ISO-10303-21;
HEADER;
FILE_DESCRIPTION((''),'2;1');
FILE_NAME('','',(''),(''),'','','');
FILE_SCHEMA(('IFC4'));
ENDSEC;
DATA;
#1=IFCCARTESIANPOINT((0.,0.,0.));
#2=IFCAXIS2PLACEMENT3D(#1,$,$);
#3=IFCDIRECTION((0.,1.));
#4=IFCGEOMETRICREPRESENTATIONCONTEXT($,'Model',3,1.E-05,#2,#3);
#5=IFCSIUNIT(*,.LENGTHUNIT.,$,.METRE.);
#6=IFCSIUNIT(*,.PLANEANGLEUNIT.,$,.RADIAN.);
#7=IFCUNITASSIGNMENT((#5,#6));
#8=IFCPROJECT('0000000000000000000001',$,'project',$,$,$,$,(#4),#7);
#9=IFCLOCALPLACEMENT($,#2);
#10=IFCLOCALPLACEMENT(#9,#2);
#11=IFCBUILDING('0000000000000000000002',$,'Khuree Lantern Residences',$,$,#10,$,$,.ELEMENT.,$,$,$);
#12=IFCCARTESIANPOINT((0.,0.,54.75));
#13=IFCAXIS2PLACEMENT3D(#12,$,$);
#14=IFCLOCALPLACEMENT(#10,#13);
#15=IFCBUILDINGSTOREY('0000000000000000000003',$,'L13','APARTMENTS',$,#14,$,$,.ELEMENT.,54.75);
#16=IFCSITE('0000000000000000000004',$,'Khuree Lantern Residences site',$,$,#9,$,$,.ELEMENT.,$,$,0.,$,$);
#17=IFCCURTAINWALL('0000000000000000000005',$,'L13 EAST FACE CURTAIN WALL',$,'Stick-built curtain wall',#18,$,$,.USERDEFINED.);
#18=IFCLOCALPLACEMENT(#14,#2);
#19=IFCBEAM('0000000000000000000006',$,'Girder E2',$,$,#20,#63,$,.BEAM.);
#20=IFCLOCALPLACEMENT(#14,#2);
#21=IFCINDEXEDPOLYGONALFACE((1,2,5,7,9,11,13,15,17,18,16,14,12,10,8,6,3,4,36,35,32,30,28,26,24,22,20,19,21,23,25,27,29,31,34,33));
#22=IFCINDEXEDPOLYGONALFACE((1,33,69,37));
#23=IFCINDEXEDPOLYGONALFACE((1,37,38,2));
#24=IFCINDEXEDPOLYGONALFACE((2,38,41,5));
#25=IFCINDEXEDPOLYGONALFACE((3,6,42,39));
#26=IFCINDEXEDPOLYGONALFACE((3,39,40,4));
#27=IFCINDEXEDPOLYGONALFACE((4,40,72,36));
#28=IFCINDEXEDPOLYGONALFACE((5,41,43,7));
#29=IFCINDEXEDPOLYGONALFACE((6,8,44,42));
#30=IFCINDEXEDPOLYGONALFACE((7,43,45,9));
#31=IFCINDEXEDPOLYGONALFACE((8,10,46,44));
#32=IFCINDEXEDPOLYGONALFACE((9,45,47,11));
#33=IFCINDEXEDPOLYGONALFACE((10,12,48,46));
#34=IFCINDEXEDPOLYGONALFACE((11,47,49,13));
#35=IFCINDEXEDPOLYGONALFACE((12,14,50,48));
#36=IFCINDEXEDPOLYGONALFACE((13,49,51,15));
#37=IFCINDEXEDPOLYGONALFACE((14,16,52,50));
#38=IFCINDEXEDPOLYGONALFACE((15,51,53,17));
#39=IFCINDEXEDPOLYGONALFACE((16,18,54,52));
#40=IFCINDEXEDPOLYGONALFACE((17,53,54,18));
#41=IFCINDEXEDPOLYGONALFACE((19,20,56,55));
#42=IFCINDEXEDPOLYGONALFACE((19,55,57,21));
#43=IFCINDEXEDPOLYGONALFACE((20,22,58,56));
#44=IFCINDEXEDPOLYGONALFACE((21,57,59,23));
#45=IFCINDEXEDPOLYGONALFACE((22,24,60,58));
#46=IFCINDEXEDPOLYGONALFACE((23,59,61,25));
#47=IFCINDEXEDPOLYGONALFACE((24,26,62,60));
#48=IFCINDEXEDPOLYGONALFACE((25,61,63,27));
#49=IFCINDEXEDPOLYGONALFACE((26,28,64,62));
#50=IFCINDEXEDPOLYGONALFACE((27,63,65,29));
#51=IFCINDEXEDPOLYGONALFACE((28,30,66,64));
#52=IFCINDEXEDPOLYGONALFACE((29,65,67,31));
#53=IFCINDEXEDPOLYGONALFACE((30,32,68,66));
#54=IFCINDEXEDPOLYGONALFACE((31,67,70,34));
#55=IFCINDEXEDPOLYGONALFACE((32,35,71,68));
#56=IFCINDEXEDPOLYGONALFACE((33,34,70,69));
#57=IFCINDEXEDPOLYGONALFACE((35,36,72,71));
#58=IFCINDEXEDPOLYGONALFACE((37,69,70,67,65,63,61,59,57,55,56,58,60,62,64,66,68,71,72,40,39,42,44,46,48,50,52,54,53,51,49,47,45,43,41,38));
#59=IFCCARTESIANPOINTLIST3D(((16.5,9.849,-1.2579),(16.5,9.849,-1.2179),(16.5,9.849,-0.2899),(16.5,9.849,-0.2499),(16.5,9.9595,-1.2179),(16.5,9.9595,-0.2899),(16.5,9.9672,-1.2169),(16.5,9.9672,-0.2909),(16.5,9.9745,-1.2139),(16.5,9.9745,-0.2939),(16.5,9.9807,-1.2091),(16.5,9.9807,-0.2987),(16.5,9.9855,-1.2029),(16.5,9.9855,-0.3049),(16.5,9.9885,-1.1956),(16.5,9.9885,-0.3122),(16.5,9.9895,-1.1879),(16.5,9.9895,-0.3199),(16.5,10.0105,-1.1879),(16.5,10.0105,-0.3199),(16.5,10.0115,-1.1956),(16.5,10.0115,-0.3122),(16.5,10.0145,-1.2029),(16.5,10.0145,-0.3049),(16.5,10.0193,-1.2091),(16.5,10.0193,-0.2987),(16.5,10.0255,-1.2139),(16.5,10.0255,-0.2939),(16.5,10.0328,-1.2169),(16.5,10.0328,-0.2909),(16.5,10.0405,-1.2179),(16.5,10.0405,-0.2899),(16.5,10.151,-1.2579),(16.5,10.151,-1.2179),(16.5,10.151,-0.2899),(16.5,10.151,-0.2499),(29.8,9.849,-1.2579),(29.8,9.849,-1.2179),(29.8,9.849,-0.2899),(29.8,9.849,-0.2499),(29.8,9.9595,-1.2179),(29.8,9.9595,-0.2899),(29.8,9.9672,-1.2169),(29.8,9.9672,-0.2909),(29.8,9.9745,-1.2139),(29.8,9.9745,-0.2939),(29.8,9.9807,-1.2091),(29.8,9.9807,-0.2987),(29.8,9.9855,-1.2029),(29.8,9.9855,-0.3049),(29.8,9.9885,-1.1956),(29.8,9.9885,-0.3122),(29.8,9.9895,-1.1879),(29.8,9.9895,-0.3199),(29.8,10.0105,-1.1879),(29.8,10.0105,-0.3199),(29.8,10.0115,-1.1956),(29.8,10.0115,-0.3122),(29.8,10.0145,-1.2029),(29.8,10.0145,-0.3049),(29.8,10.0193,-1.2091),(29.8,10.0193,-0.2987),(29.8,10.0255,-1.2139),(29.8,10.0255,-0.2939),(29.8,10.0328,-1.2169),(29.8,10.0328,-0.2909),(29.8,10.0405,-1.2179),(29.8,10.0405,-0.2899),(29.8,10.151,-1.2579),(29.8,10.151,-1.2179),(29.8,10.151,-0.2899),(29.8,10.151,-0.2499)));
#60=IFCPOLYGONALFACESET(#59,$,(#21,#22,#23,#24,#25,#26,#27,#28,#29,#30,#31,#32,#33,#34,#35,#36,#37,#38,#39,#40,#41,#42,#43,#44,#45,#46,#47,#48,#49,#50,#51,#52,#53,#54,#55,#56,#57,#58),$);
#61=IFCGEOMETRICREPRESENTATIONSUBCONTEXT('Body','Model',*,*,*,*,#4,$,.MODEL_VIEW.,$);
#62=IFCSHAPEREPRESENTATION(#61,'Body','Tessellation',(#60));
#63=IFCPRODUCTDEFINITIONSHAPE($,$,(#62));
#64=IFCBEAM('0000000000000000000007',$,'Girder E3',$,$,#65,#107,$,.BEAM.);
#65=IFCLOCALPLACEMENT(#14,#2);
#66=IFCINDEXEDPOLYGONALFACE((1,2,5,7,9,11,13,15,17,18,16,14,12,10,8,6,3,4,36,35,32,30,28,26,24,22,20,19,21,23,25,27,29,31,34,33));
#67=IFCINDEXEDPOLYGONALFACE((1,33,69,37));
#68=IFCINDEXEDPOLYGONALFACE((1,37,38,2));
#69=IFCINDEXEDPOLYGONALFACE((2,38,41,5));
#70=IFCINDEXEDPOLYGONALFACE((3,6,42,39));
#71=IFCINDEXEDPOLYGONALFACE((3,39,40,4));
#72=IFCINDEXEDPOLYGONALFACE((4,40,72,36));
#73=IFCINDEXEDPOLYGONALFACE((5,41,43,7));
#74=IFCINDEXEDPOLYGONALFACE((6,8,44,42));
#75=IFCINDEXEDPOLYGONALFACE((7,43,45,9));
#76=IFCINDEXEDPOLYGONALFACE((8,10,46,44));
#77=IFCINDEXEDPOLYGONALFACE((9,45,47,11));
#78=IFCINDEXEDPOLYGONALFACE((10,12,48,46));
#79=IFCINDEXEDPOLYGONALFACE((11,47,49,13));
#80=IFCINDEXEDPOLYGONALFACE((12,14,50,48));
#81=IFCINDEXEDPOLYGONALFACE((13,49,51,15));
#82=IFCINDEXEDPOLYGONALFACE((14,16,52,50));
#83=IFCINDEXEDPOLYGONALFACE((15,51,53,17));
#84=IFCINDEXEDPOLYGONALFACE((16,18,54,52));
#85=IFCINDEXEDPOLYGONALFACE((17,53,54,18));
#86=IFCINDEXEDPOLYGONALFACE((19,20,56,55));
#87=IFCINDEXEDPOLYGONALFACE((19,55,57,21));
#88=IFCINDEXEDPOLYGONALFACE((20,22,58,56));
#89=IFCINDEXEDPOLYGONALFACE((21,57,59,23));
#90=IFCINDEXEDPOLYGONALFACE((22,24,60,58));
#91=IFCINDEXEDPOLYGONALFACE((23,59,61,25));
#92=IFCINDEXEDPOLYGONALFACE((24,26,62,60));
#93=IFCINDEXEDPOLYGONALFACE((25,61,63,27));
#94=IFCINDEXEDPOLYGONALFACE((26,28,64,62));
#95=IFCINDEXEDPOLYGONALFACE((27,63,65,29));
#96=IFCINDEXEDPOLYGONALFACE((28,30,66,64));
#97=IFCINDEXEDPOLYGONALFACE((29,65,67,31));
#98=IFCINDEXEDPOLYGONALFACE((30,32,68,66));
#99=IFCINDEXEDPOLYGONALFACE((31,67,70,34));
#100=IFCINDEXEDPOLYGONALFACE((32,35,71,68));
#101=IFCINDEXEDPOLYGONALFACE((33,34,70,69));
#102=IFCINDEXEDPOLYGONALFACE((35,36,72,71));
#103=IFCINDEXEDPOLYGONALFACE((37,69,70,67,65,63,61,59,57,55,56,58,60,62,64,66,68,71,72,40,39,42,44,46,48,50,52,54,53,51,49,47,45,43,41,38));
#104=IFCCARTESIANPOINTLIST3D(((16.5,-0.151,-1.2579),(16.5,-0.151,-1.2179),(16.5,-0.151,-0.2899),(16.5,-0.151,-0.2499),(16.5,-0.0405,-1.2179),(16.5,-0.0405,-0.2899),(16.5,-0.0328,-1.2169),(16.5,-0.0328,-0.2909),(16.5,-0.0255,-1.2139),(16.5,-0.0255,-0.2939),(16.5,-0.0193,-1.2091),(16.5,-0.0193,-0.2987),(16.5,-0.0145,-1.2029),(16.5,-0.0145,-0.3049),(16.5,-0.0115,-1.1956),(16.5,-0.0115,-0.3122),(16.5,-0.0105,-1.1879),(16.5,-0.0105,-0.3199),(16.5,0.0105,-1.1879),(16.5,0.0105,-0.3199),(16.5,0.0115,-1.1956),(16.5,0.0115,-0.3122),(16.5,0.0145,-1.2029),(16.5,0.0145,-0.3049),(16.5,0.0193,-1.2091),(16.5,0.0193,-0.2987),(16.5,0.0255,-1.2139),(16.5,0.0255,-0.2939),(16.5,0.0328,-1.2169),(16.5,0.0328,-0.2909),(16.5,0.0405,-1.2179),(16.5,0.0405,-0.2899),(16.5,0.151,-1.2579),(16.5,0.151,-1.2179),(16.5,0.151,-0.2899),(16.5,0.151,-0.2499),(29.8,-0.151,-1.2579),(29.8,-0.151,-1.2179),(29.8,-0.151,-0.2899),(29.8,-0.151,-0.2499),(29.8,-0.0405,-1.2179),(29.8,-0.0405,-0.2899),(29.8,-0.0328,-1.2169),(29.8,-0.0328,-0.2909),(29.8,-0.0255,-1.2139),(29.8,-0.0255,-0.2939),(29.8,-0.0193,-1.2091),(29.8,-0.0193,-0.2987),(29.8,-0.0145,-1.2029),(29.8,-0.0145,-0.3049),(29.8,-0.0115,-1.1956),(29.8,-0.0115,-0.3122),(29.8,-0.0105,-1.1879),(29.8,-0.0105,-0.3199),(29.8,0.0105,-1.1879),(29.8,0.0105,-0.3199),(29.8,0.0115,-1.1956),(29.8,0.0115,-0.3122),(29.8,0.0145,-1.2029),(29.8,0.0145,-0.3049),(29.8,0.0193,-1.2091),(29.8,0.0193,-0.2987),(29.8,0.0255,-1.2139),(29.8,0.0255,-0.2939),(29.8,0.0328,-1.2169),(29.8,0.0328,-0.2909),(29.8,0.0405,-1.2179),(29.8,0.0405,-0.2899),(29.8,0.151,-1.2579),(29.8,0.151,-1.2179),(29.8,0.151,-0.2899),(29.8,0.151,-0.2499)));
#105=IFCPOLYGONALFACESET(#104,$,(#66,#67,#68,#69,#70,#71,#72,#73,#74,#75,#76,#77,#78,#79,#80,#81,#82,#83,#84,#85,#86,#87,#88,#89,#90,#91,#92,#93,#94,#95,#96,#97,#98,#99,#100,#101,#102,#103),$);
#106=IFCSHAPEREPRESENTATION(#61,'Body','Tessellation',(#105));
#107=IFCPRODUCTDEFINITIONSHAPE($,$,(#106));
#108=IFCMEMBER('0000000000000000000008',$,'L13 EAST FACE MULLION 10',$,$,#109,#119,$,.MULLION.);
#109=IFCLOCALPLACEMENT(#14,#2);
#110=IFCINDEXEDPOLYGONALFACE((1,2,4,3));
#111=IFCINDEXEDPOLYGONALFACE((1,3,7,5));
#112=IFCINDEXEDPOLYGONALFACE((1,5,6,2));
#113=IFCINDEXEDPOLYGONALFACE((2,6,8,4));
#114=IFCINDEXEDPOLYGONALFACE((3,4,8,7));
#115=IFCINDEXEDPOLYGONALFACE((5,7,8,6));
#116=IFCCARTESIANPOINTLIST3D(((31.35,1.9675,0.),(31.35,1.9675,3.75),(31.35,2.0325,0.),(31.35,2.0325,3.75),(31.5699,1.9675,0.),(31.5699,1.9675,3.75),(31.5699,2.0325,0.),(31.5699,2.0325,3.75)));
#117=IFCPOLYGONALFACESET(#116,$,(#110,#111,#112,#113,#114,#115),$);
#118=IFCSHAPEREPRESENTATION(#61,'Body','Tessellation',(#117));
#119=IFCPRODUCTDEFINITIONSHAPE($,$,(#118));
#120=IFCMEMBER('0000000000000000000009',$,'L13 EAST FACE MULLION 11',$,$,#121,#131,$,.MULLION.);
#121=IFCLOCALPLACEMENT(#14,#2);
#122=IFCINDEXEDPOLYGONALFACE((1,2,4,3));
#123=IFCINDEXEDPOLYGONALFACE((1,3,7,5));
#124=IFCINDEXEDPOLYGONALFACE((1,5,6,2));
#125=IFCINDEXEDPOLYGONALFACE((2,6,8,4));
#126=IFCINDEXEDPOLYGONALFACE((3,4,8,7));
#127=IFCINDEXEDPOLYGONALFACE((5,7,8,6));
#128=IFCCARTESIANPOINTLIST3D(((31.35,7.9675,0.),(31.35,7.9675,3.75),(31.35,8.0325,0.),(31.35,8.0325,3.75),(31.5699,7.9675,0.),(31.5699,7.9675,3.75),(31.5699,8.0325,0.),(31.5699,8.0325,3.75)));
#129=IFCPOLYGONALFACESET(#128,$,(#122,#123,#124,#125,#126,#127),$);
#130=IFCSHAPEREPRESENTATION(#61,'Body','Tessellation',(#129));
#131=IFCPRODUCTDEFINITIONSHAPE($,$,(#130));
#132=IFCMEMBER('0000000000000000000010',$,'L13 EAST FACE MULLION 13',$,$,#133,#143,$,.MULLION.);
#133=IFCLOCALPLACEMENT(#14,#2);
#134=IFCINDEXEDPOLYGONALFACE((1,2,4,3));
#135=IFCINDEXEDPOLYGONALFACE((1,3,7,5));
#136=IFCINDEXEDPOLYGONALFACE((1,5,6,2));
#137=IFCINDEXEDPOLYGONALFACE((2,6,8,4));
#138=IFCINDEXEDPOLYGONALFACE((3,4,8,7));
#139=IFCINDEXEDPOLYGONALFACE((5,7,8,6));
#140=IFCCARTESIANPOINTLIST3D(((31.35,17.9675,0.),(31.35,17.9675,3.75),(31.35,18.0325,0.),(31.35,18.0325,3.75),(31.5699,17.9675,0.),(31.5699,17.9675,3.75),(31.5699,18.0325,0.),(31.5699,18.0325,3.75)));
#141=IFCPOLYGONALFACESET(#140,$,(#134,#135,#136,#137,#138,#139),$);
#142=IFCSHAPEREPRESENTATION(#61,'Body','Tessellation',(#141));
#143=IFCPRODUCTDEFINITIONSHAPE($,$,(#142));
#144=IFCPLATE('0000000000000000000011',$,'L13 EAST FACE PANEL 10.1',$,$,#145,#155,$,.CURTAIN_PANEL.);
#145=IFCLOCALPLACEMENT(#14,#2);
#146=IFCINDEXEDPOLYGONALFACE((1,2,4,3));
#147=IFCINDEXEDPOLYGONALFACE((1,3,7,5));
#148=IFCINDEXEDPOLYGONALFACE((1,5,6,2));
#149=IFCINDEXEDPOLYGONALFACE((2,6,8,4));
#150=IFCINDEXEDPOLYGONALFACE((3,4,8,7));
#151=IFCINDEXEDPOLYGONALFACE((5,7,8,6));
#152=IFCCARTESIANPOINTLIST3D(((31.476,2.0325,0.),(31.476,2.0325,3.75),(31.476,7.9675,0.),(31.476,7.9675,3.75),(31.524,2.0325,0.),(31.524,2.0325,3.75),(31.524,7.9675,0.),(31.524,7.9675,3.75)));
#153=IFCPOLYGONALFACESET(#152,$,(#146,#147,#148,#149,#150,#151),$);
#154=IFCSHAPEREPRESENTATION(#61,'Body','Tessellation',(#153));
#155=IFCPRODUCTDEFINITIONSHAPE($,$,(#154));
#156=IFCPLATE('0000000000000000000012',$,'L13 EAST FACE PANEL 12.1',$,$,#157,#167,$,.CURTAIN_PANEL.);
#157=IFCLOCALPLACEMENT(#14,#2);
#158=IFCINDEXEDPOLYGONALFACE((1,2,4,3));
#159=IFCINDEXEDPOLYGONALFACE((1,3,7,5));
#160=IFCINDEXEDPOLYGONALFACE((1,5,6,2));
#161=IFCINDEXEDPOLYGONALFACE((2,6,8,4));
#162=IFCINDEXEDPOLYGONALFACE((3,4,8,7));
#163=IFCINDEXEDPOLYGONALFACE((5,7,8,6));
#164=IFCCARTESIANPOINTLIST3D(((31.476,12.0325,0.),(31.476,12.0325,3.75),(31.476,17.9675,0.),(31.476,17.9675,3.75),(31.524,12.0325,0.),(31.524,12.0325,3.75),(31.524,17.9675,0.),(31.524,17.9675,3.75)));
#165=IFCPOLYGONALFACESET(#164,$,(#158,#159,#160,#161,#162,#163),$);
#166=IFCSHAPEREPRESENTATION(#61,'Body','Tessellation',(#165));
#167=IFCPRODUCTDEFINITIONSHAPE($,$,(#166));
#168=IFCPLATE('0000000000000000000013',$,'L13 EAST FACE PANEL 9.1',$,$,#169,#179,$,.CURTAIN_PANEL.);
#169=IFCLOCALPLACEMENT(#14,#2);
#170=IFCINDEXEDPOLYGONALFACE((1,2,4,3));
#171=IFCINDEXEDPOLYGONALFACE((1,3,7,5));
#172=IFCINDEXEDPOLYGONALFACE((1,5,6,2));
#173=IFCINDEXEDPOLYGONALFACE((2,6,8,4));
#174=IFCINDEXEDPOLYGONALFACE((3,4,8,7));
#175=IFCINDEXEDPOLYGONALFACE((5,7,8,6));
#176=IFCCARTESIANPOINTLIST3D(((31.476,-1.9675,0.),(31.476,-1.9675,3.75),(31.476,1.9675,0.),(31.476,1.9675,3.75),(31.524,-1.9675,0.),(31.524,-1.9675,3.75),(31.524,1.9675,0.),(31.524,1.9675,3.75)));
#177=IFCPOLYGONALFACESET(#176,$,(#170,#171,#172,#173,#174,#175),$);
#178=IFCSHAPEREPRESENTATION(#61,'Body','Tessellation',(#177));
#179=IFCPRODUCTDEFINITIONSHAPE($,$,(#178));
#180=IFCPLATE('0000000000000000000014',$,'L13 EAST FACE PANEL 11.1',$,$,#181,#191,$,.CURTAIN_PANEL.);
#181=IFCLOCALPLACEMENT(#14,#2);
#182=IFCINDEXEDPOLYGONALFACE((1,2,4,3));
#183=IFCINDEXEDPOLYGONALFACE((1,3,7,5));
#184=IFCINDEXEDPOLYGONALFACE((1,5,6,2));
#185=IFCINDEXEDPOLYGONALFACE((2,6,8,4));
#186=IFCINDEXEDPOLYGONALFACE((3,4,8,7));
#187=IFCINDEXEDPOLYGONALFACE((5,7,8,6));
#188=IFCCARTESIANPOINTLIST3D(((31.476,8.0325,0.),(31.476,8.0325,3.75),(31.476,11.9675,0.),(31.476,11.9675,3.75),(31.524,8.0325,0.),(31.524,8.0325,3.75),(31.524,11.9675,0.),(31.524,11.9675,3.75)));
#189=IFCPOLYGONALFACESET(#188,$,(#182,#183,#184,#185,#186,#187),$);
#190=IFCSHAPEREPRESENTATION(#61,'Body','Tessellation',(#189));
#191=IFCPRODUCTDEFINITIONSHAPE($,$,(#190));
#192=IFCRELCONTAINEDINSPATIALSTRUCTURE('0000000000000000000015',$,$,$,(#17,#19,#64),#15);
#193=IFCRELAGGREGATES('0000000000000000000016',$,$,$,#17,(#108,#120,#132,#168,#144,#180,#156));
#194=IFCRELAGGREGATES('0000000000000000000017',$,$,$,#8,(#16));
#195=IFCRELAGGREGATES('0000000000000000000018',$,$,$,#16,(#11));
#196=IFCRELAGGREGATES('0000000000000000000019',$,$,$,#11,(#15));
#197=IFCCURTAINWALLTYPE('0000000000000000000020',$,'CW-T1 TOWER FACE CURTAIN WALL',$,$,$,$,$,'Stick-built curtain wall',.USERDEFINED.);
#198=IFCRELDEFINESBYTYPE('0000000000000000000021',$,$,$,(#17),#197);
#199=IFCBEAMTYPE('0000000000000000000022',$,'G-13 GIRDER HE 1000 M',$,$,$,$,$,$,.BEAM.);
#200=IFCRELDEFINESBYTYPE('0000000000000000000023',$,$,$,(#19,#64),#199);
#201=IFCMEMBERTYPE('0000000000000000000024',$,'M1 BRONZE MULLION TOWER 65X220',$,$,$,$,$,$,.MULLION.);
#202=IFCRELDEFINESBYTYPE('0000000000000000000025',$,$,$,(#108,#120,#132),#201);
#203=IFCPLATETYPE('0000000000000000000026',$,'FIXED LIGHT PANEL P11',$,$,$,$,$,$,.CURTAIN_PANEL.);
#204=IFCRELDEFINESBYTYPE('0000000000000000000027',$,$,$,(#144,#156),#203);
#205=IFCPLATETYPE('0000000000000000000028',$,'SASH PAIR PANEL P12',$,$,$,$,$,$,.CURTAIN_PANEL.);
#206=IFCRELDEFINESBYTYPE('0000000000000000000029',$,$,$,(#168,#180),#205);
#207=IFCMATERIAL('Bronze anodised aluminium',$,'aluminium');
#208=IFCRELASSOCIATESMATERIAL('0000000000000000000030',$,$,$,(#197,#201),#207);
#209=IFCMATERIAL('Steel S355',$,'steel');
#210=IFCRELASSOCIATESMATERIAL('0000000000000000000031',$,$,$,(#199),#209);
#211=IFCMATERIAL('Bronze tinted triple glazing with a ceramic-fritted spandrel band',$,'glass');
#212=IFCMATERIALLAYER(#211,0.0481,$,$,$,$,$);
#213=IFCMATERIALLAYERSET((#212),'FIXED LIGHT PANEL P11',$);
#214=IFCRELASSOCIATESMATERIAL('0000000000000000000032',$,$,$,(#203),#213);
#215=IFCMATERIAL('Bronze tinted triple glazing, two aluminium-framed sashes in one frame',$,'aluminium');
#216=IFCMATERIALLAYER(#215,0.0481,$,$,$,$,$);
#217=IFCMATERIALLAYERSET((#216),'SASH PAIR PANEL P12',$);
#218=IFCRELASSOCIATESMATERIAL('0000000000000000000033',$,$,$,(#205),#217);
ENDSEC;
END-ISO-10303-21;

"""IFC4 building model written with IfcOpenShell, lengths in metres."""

from ifc_helpers import new_model, si_unit, direction, frame, origin, origin_2d, place, context, subcontext, project, spatial, rectangle, i_section, extrude, material, layer, layer_set, material_profile, profile_set, type_object, element, aggregate, save


model = new_model("IFC4")

# Units and contexts
model_context = context("Model", 3, precision=1e-05, world=origin(), true_north=direction((0.0, 1.0)))
body_context = subcontext(model_context, "Body", "Model", "MODEL_VIEW")
ifc_project = project(units=[si_unit("LENGTHUNIT", "METRE"), si_unit("PLANEANGLEUNIT", "RADIAN")], contexts=[model_context])

# Site, building, storey
site_placement = place(None, origin())
site = spatial("IfcSite", under=ifc_project, at=site_placement, Name="Khuree Lantern Residences site", CompositionType="ELEMENT", RefElevation=0.0)
building_placement = place(site_placement, origin())
building = spatial("IfcBuilding", under=site, at=building_placement, Name="Khuree Lantern Residences", CompositionType="ELEMENT")
storey_placement = place(building_placement, frame((0.0, 0.0, 54.75)))
storey = spatial("IfcBuildingStorey", under=building, at=storey_placement, Name="L13", Description="APARTMENTS", CompositionType="ELEMENT", Elevation=54.75)

# Shared definitions
ifc_material_1 = material(Name="Steel S355", Category="steel")

# Curtain wall
ifc_material_2 = material(Name="Bronze anodised aluminium", Category="aluminium")
curtain_wall_type = type_object("IfcCurtainWallType", Name="CW-T1 TOWER FACE CURTAIN WALL", ElementType="Stick-built curtain wall", PredefinedType="USERDEFINED", material=ifc_material_2)
curtain_wall_placement = place(storey_placement, origin())
curtain_wall = element("IfcCurtainWall", 1, at=curtain_wall_placement, inside=storey, type_object=curtain_wall_type, Name="L13 EAST FACE CURTAIN WALL", ObjectType="Stick-built curtain wall", PredefinedType="USERDEFINED")

# Beams
ifc_material_profile_1 = material_profile(ifc_material_1, i_section(OverallWidth=0.302, OverallDepth=1.0081, WebThickness=0.021, FlangeThickness=0.04, FilletRadius=0.03, at=origin_2d()), Name="HE 1000 M")
ifc_profile_set_1 = profile_set([ifc_material_profile_1], Name="Steel S355")
beam_type_1 = type_object("IfcBeamType", Name="G-13 GIRDER HE 1000 M", PredefinedType="BEAM", material=ifc_profile_set_1)
for number, where, z_axis, x_axis, name in (
    (2, (29.8, 10.0, -0.7539), (-1.0, 0.0, 0.0), (0.0, -1.0, 0.0), "Girder E2"),
    (3, (29.8, 0.0, -0.7539), (-1.0, 0.0, 0.0), (0.0, -1.0, 0.0), "Girder E3"),
):
    element("IfcBeam", number, at=place(storey_placement, frame(where, z_axis=z_axis, x_axis=x_axis)), inside=storey, type_object=beam_type_1, Name=name, PredefinedType="BEAM", context=body_context, shape_type="SweptSolid", body=[
        extrude(i_section(OverallWidth=0.302, OverallDepth=1.0081, WebThickness=0.021, FlangeThickness=0.04, FilletRadius=0.03, at=origin_2d()), origin(), (0.0, 0.0, 1.0), 13.3),
    ])

# Members
ifc_material_profile_2 = material_profile(ifc_material_2, rectangle(XDim=0.0649, YDim=0.22, at=origin_2d()), Name="M1 65X220")
ifc_profile_set_2 = profile_set([ifc_material_profile_2], Name="Bronze anodised aluminium")
member_type_1 = type_object("IfcMemberType", Name="M1 BRONZE MULLION TOWER 65X220", PredefinedType="MULLION", material=ifc_profile_set_2)
member_1_placement = place(storey_placement, frame((31.46, 2.0, 0.0), z_axis=(0.0, 0.0, 1.0), x_axis=(0.0, 1.0, 0.0)))
member_1 = element("IfcMember", 4, at=member_1_placement, type_object=member_type_1, Name="L13 EAST FACE MULLION 10", PredefinedType="MULLION", context=body_context, shape_type="SweptSolid", body=[
    extrude(rectangle(XDim=0.0649, YDim=0.22, at=origin_2d()), origin(), (0.0, 0.0, 1.0), 3.75),
])
member_2_placement = place(storey_placement, frame((31.46, 8.0, 0.0), z_axis=(0.0, 0.0, 1.0), x_axis=(0.0, 1.0, 0.0)))
member_2 = element("IfcMember", 5, at=member_2_placement, type_object=member_type_1, Name="L13 EAST FACE MULLION 11", PredefinedType="MULLION", context=body_context, shape_type="SweptSolid", body=[
    extrude(rectangle(XDim=0.0649, YDim=0.22, at=origin_2d()), origin(), (0.0, 0.0, 1.0), 3.75),
])
member_3_placement = place(storey_placement, frame((31.46, 18.0, 0.0), z_axis=(0.0, 0.0, 1.0), x_axis=(0.0, 1.0, 0.0)))
member_3 = element("IfcMember", 6, at=member_3_placement, type_object=member_type_1, Name="L13 EAST FACE MULLION 13", PredefinedType="MULLION", context=body_context, shape_type="SweptSolid", body=[
    extrude(rectangle(XDim=0.0649, YDim=0.22, at=origin_2d()), origin(), (0.0, 0.0, 1.0), 3.75),
])

# Plates
ifc_material_3 = material(Name="Bronze tinted triple glazing with a ceramic-fritted spandrel band", Category="glass")
ifc_layer_1 = layer(ifc_material_3, 0.0481)
ifc_layer_set_1 = layer_set([ifc_layer_1], Name="FIXED LIGHT PANEL P11")
plate_type_1 = type_object("IfcPlateType", Name="FIXED LIGHT PANEL P11", PredefinedType="CURTAIN_PANEL", material=ifc_layer_set_1)
plate_1_placement = place(storey_placement, frame((31.5, 5.0, 0.0), z_axis=(0.0, 0.0, 1.0), x_axis=(0.0, 1.0, 0.0)))
plate_1 = element("IfcPlate", 7, at=plate_1_placement, type_object=plate_type_1, Name="L13 EAST FACE PANEL 10.1", PredefinedType="CURTAIN_PANEL", context=body_context, shape_type="SweptSolid", body=[
    extrude(rectangle(XDim=5.9351, YDim=0.0481, at=origin_2d()), origin(), (0.0, 0.0, 1.0), 3.75),
])
plate_2_placement = place(storey_placement, frame((31.5, 15.0, 0.0), z_axis=(0.0, 0.0, 1.0), x_axis=(0.0, 1.0, 0.0)))
plate_2 = element("IfcPlate", 8, at=plate_2_placement, type_object=plate_type_1, Name="L13 EAST FACE PANEL 12.1", PredefinedType="CURTAIN_PANEL", context=body_context, shape_type="SweptSolid", body=[
    extrude(rectangle(XDim=5.9351, YDim=0.0481, at=origin_2d()), origin(), (0.0, 0.0, 1.0), 3.75),
])
ifc_material_4 = material(Name="Bronze tinted triple glazing, two aluminium-framed sashes in one frame", Category="aluminium")
ifc_layer_2 = layer(ifc_material_4, 0.0481)
ifc_layer_set_2 = layer_set([ifc_layer_2], Name="SASH PAIR PANEL P12")
plate_type_2 = type_object("IfcPlateType", Name="SASH PAIR PANEL P12", PredefinedType="CURTAIN_PANEL", material=ifc_layer_set_2)
plate_3_placement = place(storey_placement, frame((31.5, 0.0, 0.0), z_axis=(0.0, 0.0, 1.0), x_axis=(0.0, 1.0, 0.0)))
plate_3 = element("IfcPlate", 9, at=plate_3_placement, type_object=plate_type_2, Name="L13 EAST FACE PANEL 9.1", PredefinedType="CURTAIN_PANEL", context=body_context, shape_type="SweptSolid", body=[
    extrude(rectangle(XDim=3.9351, YDim=0.0481, at=origin_2d()), origin(), (0.0, 0.0, 1.0), 3.75),
])
plate_4_placement = place(storey_placement, frame((31.5, 10.0, 0.0), z_axis=(0.0, 0.0, 1.0), x_axis=(0.0, 1.0, 0.0)))
plate_4 = element("IfcPlate", 10, at=plate_4_placement, type_object=plate_type_2, Name="L13 EAST FACE PANEL 11.1", PredefinedType="CURTAIN_PANEL", context=body_context, shape_type="SweptSolid", body=[
    extrude(rectangle(XDim=3.9351, YDim=0.0481, at=origin_2d()), origin(), (0.0, 0.0, 1.0), 3.75),
])
aggregate(curtain_wall, [member_1, member_2, member_3, plate_3, plate_1, plate_4, plate_2])

save(model, "model.ifc")
